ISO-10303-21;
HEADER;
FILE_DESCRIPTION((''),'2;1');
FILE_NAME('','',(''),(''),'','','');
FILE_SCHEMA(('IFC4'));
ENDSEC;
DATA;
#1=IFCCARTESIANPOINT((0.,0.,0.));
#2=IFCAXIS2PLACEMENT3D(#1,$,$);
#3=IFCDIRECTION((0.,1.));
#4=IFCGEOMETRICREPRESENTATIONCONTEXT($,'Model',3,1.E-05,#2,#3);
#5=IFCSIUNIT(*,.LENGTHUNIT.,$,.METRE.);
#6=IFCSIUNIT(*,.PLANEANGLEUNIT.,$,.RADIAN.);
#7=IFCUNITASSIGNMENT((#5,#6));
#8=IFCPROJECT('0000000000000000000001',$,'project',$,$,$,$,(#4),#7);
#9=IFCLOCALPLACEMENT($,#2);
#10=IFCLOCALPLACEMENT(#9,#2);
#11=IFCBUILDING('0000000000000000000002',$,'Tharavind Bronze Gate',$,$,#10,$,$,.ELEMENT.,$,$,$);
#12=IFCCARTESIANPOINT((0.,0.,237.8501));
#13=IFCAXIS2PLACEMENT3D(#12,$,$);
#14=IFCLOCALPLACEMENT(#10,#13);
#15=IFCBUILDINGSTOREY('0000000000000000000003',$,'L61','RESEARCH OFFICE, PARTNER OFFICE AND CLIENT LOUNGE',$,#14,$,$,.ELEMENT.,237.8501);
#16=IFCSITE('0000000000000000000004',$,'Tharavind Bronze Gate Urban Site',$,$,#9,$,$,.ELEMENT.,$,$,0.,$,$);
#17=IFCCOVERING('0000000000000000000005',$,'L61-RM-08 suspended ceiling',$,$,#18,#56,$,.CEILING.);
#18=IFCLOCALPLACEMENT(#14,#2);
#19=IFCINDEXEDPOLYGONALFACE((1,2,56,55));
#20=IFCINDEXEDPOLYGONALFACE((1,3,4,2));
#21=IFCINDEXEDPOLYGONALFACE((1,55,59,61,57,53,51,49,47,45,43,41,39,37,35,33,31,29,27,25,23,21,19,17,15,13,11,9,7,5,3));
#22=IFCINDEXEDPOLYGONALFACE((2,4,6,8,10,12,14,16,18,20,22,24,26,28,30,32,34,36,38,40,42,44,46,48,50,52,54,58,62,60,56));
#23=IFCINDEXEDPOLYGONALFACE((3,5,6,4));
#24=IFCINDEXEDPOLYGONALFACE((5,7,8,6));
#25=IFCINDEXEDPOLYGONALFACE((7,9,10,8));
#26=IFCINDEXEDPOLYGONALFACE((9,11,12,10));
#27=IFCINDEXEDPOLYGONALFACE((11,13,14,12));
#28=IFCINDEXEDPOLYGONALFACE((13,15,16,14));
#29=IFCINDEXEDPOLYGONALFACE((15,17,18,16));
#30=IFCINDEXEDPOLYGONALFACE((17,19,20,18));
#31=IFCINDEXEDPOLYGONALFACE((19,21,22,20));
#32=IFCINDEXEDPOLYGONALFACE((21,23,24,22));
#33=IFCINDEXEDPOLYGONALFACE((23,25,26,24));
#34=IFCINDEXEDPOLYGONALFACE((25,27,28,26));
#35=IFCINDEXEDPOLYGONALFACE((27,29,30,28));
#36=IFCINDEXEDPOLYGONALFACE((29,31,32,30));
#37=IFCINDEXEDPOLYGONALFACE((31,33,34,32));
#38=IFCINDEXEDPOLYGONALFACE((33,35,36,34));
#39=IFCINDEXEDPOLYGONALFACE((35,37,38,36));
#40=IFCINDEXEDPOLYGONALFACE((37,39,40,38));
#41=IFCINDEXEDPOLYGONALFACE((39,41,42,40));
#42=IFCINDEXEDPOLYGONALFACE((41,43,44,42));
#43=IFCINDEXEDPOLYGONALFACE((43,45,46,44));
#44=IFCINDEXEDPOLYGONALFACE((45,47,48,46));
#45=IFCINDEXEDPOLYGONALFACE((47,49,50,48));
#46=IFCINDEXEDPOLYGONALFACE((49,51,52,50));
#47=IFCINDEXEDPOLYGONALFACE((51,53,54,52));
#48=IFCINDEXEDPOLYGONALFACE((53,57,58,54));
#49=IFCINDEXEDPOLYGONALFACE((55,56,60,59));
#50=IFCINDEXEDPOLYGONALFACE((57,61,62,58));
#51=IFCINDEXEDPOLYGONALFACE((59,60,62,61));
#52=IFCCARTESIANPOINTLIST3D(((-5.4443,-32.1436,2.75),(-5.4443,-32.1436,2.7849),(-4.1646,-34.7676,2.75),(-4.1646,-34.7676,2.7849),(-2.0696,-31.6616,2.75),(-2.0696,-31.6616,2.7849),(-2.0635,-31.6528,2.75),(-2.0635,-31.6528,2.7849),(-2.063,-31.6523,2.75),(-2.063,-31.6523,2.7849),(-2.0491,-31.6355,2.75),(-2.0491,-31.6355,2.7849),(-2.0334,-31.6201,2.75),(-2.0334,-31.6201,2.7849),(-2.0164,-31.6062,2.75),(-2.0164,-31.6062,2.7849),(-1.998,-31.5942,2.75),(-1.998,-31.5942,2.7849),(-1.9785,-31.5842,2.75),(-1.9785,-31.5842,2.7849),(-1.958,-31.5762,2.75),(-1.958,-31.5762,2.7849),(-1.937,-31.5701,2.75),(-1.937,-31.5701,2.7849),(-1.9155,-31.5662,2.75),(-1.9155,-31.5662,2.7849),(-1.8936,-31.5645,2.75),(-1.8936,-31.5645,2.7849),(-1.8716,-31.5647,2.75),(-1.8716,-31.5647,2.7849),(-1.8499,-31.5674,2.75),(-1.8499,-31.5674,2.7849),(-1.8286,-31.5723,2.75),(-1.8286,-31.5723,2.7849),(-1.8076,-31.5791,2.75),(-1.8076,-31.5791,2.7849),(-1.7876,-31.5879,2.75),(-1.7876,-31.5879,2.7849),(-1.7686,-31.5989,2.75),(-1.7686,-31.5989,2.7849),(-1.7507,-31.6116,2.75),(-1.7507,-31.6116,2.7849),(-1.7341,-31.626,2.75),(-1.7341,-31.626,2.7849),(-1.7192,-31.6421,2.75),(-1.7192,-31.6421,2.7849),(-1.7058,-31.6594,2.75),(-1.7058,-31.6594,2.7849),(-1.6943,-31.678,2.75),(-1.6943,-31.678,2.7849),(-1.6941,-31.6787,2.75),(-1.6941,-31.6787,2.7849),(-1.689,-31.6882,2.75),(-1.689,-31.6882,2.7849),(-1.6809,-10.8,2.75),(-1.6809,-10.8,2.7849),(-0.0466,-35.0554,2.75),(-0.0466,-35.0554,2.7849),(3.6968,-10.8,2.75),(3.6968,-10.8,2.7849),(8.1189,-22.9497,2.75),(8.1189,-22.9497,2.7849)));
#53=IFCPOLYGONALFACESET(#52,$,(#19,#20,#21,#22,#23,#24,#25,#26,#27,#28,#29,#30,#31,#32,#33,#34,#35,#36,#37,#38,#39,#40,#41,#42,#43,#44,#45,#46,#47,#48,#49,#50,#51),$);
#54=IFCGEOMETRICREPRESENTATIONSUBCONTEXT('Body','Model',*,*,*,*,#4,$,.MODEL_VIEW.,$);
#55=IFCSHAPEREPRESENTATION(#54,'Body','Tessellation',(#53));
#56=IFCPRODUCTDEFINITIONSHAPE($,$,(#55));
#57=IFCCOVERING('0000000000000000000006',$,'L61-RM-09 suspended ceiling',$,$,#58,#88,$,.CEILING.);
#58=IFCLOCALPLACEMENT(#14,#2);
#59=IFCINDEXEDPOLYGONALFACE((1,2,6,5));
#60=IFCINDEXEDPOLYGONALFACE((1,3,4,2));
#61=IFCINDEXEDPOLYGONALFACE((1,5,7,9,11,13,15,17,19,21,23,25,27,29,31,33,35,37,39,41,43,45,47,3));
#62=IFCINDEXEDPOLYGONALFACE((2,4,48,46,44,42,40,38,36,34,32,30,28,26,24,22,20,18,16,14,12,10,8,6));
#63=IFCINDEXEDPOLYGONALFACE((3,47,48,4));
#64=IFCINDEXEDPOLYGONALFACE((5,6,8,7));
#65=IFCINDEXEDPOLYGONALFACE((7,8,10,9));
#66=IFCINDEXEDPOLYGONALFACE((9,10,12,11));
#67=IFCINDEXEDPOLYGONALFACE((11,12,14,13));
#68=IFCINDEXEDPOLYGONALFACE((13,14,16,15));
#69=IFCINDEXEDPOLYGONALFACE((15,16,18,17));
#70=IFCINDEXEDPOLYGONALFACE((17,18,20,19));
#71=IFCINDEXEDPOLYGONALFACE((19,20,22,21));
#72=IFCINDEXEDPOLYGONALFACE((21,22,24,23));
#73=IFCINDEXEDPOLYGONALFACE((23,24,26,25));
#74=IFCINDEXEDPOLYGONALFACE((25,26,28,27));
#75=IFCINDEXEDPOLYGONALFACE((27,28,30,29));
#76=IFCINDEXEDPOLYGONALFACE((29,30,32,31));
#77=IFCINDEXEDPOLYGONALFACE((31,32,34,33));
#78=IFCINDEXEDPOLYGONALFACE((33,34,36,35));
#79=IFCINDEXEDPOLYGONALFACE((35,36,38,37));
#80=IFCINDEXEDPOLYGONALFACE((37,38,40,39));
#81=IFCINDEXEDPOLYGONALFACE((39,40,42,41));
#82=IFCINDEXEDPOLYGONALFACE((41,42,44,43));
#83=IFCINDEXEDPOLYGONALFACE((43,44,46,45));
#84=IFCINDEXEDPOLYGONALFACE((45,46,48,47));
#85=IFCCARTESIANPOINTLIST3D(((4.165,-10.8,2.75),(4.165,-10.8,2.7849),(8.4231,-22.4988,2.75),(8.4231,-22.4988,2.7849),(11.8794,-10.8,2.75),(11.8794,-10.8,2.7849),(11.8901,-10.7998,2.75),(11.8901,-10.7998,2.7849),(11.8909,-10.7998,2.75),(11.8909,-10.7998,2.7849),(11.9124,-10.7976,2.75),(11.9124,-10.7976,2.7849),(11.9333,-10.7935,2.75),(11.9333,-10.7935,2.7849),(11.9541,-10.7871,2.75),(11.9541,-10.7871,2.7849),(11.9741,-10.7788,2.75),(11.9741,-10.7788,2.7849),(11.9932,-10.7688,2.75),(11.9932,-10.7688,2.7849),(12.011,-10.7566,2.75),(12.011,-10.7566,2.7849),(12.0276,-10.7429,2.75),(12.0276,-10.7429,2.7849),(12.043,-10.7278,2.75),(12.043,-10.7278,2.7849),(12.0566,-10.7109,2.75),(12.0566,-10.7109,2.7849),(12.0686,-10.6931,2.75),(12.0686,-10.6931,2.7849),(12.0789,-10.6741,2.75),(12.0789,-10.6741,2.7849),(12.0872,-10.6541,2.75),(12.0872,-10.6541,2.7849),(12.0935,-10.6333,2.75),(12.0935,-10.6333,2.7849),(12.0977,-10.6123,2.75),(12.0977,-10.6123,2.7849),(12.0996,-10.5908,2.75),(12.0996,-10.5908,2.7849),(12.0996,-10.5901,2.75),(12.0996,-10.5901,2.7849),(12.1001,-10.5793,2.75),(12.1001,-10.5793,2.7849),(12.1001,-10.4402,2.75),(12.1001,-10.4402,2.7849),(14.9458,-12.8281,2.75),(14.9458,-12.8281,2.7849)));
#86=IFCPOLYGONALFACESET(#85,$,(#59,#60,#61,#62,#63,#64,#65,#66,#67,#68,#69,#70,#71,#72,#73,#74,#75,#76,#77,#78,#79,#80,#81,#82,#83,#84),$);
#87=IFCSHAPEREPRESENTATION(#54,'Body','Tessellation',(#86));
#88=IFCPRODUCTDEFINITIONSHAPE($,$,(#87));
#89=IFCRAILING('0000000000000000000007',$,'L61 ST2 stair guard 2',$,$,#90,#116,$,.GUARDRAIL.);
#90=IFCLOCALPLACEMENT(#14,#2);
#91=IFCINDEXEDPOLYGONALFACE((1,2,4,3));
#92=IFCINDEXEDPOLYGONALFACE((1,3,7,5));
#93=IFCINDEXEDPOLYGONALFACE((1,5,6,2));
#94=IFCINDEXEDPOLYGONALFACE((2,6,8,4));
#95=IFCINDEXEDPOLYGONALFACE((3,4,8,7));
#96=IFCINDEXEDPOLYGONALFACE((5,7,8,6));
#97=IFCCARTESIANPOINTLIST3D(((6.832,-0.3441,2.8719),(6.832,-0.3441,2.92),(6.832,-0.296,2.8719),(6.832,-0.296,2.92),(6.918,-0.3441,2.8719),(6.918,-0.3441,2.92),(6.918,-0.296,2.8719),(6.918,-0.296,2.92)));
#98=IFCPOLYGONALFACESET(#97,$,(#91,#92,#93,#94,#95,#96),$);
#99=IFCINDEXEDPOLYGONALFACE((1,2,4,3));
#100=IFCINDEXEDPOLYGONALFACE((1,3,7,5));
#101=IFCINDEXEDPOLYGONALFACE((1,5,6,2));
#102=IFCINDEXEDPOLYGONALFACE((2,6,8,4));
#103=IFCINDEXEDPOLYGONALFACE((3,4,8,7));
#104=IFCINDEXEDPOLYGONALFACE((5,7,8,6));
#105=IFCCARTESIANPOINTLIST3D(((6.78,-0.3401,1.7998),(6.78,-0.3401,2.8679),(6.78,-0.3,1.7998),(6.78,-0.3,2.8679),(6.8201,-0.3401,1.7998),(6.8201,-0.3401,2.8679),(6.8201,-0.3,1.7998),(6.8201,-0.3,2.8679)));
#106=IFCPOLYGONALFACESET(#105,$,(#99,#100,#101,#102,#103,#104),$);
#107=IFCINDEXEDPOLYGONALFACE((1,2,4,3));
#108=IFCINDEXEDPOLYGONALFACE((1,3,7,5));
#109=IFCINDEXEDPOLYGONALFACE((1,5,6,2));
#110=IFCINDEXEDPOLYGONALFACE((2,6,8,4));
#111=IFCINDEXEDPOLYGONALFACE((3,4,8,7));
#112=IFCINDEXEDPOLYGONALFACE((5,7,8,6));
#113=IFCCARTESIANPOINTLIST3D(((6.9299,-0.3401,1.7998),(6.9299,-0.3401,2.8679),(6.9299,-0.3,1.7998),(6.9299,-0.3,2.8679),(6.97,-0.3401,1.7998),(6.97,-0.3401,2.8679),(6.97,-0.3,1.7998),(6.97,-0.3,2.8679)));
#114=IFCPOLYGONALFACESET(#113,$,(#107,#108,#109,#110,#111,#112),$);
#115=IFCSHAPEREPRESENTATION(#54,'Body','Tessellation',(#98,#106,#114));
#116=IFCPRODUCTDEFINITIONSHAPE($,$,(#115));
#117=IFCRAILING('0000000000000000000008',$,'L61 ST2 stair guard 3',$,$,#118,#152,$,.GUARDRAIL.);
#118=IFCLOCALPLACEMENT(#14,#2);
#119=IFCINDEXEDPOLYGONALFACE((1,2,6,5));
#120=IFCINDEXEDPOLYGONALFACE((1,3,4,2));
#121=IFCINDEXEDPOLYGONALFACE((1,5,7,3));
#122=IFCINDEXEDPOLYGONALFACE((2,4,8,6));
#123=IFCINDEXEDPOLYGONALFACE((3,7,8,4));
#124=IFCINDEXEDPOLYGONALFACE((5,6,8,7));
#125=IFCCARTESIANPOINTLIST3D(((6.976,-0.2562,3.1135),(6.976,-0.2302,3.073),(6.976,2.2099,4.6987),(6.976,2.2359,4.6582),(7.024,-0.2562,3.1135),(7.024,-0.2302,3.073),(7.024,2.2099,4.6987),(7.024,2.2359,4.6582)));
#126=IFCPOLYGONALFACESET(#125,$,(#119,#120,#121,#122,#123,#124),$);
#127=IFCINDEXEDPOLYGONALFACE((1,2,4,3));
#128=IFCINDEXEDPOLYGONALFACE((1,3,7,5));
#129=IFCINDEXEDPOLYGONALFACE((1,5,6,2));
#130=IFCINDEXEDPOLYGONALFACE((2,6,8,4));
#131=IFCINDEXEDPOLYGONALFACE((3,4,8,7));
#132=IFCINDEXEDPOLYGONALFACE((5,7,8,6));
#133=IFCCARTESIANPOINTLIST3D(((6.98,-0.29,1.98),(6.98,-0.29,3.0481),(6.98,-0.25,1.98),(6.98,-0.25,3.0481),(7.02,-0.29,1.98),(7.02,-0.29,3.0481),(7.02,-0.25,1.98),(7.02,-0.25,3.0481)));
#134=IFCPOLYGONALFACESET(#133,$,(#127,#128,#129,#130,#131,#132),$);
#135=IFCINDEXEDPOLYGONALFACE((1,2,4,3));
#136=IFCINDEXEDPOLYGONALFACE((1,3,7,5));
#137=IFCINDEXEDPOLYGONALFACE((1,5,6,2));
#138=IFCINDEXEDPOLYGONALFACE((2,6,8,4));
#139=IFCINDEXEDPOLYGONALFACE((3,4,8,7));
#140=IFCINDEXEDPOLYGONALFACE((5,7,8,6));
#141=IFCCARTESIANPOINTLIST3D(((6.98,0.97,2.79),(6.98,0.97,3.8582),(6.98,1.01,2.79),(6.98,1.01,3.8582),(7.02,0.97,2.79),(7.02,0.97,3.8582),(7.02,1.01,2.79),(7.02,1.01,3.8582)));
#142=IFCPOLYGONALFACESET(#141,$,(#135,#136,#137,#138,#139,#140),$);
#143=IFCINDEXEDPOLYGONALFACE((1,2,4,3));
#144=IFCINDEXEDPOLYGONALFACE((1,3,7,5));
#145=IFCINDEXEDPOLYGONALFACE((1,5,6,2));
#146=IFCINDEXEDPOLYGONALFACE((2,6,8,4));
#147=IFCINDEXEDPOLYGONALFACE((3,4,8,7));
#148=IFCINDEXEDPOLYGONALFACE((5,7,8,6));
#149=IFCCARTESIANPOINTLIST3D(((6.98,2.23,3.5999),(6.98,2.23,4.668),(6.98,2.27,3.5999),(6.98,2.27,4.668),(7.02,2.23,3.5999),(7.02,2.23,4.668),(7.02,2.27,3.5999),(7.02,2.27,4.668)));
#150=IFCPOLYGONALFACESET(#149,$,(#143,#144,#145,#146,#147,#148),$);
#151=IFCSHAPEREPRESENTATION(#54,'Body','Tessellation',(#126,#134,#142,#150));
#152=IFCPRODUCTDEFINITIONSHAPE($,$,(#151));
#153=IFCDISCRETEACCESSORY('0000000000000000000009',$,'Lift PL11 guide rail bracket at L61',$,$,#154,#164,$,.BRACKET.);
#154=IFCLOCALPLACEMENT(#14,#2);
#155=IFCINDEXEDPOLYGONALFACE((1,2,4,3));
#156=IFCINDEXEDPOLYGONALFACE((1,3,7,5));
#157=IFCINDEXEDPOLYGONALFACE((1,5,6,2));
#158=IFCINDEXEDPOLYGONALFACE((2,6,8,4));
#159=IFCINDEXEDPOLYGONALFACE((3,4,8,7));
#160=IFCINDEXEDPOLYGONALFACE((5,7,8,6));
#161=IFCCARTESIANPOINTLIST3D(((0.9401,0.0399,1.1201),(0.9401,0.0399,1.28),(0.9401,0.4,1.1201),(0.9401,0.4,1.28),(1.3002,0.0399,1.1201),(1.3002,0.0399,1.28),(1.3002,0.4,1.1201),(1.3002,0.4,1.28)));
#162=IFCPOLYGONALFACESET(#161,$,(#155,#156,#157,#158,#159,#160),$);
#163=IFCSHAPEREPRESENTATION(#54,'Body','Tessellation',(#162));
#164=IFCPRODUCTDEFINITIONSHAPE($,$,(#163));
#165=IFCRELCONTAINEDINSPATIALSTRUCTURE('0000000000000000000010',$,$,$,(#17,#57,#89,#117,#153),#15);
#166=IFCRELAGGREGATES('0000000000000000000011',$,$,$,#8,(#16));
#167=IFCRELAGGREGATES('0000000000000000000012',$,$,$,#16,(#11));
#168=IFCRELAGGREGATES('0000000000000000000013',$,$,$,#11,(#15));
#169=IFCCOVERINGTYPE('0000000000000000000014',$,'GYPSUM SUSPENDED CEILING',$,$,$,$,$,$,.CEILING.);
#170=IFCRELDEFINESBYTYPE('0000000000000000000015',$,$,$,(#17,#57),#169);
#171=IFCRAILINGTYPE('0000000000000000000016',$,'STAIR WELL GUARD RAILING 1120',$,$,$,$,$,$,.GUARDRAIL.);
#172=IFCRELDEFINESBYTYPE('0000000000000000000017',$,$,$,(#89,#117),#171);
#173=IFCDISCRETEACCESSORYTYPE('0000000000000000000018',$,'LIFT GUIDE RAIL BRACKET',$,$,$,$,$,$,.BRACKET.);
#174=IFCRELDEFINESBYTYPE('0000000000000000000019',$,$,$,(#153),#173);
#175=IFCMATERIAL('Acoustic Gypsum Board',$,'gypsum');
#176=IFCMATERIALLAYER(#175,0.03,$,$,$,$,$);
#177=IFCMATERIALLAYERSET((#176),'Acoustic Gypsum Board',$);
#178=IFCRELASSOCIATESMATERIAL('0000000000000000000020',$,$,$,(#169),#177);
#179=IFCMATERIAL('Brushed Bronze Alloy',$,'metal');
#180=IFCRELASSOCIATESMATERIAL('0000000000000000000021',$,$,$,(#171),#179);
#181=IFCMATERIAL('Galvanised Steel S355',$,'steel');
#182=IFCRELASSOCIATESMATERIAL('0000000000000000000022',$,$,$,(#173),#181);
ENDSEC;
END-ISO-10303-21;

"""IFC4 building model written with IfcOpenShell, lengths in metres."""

from ifc_helpers import new_model, si_unit, direction, frame, origin, origin_2d, place, context, subcontext, project, spatial, polyline, rectangle, outline, extrude, material, layer, layer_set, type_object, element, save


model = new_model("IFC4")

# Units and contexts
model_context = context("Model", 3, precision=1e-05, world=origin(), true_north=direction((0.0, 1.0)))
body_context = subcontext(model_context, "Body", "Model", "MODEL_VIEW")
ifc_project = project(units=[si_unit("LENGTHUNIT", "METRE"), si_unit("PLANEANGLEUNIT", "RADIAN")], contexts=[model_context])

# Site, building, storey
site_placement = place(None, origin())
site = spatial("IfcSite", under=ifc_project, at=site_placement, Name="Tharavind Bronze Gate Urban Site", CompositionType="ELEMENT", RefElevation=0.0)
building_placement = place(site_placement, origin())
building = spatial("IfcBuilding", under=site, at=building_placement, Name="Tharavind Bronze Gate", CompositionType="ELEMENT")
storey_placement = place(building_placement, frame((0.0, 0.0, 237.8501)))
storey = spatial("IfcBuildingStorey", under=building, at=storey_placement, Name="L61", Description="RESEARCH OFFICE, PARTNER OFFICE AND CLIENT LOUNGE", CompositionType="ELEMENT", Elevation=237.8501)

# Coverings
ifc_material_1 = material(Name="Acoustic Gypsum Board", Category="gypsum")
ifc_layer_1 = layer(ifc_material_1, 0.03)
ifc_layer_set_1 = layer_set([ifc_layer_1], Name="Acoustic Gypsum Board")
covering_type_1 = type_object("IfcCoveringType", Name="GYPSUM SUSPENDED CEILING", PredefinedType="CEILING", material=ifc_layer_set_1)
covering_1_placement = place(storey_placement, frame((0.0, 0.0, 2.75)))
element("IfcCovering", 1, at=covering_1_placement, inside=storey, type_object=covering_type_1, Name="L61-RM-08 suspended ceiling", PredefinedType="CEILING", context=body_context, shape_type="SweptSolid", body=[
    extrude(outline(polyline([(-4.1646, -34.7676), (-2.0696, -31.6616), (-2.0635, -31.6528), (-2.063, -31.6523), (-2.0491, -31.6355), (-2.0334, -31.6201), (-2.0164, -31.6062), (-1.998, -31.5942), (-1.9785, -31.5842), (-1.958, -31.5762), (-1.937, -31.5701), (-1.9155, -31.5662), (-1.8936, -31.5645), (-1.8716, -31.5647), (-1.8499, -31.5674), (-1.8286, -31.5723), (-1.8076, -31.5791), (-1.7876, -31.5879), (-1.7686, -31.5989), (-1.7507, -31.6116), (-1.7341, -31.626), (-1.7192, -31.6421), (-1.7058, -31.6594), (-1.6943, -31.678), (-1.6941, -31.6787), (-1.689, -31.6882), (-0.0466, -35.0554), (8.1189, -22.9497), (3.6968, -10.8), (-1.6809, -10.8), (-5.4443, -32.1436), (-4.1646, -34.7676)])), origin(), (0.0, 0.0, 1.0), 0.0349),
])
covering_2_placement = place(storey_placement, frame((0.0, 0.0, 2.75)))
element("IfcCovering", 2, at=covering_2_placement, inside=storey, type_object=covering_type_1, Name="L61-RM-09 suspended ceiling", PredefinedType="CEILING", context=body_context, shape_type="SweptSolid", body=[
    extrude(outline(polyline([(8.4231, -22.4988), (14.9458, -12.8281), (12.1001, -10.4402), (12.1001, -10.5793), (12.0996, -10.5901), (12.0996, -10.5908), (12.0977, -10.6123), (12.0935, -10.6333), (12.0872, -10.6541), (12.0789, -10.6741), (12.0686, -10.6931), (12.0566, -10.7109), (12.043, -10.7278), (12.0276, -10.7429), (12.011, -10.7566), (11.9932, -10.7688), (11.9741, -10.7788), (11.9541, -10.7871), (11.9333, -10.7935), (11.9124, -10.7976), (11.8909, -10.7998), (11.8901, -10.7998), (11.8794, -10.8), (4.165, -10.8), (8.4231, -22.4988)])), origin(), (0.0, 0.0, 1.0), 0.0349),
])

# Railings
ifc_material_2 = material(Name="Brushed Bronze Alloy", Category="metal")
railing_type = type_object("IfcRailingType", Name="STAIR WELL GUARD RAILING 1120", PredefinedType="GUARDRAIL", material=ifc_material_2)
railing_1_placement = place(storey_placement, frame((6.8, -0.3201, 1.7998)))
element("IfcRailing", 3, at=railing_1_placement, inside=storey, type_object=railing_type, Name="L61 ST2 stair guard 2", PredefinedType="GUARDRAIL", context=body_context, shape_type="SweptSolid", body=[
    extrude(rectangle(XDim=0.0481, YDim=0.0481, at=origin_2d()), frame((0.032, 0.0, 1.0962), z_axis=(1.0, 0.0, 0.0), x_axis=(0.0, 1.0, 0.0)), (0.0, 0.0, 1.0), 0.0859),
    extrude(rectangle(XDim=0.04, YDim=0.04, at=origin_2d()), origin(), (0.0, 0.0, 1.0), 1.0681),
    extrude(rectangle(XDim=0.04, YDim=0.04, at=origin_2d()), frame((0.1499, 0.0, 0.0)), (0.0, 0.0, 1.0), 1.0681),
])
railing_2_placement = place(storey_placement, frame((7.0, -0.27, 1.98)))
element("IfcRailing", 4, at=railing_2_placement, inside=storey, type_object=railing_type, Name="L61 ST2 stair guard 3", PredefinedType="GUARDRAIL", context=body_context, shape_type="SweptSolid", body=[
    extrude(rectangle(XDim=0.0481, YDim=0.0481, at=origin_2d()), frame((0.0, 0.0269, 1.1133), z_axis=(0.0, 0.8412, 0.540725), x_axis=(-1.0, 0.0, 0.0)), (0.0, 0.0, 1.0), 2.9316),
    extrude(rectangle(XDim=0.04, YDim=0.04, at=origin_2d()), origin(), (0.0, 0.0, 1.0), 1.0681),
    extrude(rectangle(XDim=0.04, YDim=0.04, at=origin_2d()), frame((0.0, 1.26, 0.8101)), (0.0, 0.0, 1.0), 1.0681),
    extrude(rectangle(XDim=0.04, YDim=0.04, at=origin_2d()), frame((0.0, 2.52, 1.6199)), (0.0, 0.0, 1.0), 1.0681),
])

# Discrete accessory
ifc_material_3 = material(Name="Galvanised Steel S355", Category="steel")
discrete_accessory_type = type_object("IfcDiscreteAccessoryType", Name="LIFT GUIDE RAIL BRACKET", PredefinedType="BRACKET", material=ifc_material_3)
discrete_accessory_placement = place(storey_placement, frame((1.1201, 0.22, 1.1201), z_axis=(0.0, 0.0, 1.0), x_axis=(1.0, 0.0, 0.0)))
element("IfcDiscreteAccessory", 5, at=discrete_accessory_placement, inside=storey, type_object=discrete_accessory_type, Name="Lift PL11 guide rail bracket at L61", PredefinedType="BRACKET", context=body_context, shape_type="SweptSolid", body=[
    extrude(rectangle(XDim=0.3601, YDim=0.3601, at=origin_2d()), origin(), (0.0, 0.0, 1.0), 0.1599),
])

save(model, "model.ifc")
